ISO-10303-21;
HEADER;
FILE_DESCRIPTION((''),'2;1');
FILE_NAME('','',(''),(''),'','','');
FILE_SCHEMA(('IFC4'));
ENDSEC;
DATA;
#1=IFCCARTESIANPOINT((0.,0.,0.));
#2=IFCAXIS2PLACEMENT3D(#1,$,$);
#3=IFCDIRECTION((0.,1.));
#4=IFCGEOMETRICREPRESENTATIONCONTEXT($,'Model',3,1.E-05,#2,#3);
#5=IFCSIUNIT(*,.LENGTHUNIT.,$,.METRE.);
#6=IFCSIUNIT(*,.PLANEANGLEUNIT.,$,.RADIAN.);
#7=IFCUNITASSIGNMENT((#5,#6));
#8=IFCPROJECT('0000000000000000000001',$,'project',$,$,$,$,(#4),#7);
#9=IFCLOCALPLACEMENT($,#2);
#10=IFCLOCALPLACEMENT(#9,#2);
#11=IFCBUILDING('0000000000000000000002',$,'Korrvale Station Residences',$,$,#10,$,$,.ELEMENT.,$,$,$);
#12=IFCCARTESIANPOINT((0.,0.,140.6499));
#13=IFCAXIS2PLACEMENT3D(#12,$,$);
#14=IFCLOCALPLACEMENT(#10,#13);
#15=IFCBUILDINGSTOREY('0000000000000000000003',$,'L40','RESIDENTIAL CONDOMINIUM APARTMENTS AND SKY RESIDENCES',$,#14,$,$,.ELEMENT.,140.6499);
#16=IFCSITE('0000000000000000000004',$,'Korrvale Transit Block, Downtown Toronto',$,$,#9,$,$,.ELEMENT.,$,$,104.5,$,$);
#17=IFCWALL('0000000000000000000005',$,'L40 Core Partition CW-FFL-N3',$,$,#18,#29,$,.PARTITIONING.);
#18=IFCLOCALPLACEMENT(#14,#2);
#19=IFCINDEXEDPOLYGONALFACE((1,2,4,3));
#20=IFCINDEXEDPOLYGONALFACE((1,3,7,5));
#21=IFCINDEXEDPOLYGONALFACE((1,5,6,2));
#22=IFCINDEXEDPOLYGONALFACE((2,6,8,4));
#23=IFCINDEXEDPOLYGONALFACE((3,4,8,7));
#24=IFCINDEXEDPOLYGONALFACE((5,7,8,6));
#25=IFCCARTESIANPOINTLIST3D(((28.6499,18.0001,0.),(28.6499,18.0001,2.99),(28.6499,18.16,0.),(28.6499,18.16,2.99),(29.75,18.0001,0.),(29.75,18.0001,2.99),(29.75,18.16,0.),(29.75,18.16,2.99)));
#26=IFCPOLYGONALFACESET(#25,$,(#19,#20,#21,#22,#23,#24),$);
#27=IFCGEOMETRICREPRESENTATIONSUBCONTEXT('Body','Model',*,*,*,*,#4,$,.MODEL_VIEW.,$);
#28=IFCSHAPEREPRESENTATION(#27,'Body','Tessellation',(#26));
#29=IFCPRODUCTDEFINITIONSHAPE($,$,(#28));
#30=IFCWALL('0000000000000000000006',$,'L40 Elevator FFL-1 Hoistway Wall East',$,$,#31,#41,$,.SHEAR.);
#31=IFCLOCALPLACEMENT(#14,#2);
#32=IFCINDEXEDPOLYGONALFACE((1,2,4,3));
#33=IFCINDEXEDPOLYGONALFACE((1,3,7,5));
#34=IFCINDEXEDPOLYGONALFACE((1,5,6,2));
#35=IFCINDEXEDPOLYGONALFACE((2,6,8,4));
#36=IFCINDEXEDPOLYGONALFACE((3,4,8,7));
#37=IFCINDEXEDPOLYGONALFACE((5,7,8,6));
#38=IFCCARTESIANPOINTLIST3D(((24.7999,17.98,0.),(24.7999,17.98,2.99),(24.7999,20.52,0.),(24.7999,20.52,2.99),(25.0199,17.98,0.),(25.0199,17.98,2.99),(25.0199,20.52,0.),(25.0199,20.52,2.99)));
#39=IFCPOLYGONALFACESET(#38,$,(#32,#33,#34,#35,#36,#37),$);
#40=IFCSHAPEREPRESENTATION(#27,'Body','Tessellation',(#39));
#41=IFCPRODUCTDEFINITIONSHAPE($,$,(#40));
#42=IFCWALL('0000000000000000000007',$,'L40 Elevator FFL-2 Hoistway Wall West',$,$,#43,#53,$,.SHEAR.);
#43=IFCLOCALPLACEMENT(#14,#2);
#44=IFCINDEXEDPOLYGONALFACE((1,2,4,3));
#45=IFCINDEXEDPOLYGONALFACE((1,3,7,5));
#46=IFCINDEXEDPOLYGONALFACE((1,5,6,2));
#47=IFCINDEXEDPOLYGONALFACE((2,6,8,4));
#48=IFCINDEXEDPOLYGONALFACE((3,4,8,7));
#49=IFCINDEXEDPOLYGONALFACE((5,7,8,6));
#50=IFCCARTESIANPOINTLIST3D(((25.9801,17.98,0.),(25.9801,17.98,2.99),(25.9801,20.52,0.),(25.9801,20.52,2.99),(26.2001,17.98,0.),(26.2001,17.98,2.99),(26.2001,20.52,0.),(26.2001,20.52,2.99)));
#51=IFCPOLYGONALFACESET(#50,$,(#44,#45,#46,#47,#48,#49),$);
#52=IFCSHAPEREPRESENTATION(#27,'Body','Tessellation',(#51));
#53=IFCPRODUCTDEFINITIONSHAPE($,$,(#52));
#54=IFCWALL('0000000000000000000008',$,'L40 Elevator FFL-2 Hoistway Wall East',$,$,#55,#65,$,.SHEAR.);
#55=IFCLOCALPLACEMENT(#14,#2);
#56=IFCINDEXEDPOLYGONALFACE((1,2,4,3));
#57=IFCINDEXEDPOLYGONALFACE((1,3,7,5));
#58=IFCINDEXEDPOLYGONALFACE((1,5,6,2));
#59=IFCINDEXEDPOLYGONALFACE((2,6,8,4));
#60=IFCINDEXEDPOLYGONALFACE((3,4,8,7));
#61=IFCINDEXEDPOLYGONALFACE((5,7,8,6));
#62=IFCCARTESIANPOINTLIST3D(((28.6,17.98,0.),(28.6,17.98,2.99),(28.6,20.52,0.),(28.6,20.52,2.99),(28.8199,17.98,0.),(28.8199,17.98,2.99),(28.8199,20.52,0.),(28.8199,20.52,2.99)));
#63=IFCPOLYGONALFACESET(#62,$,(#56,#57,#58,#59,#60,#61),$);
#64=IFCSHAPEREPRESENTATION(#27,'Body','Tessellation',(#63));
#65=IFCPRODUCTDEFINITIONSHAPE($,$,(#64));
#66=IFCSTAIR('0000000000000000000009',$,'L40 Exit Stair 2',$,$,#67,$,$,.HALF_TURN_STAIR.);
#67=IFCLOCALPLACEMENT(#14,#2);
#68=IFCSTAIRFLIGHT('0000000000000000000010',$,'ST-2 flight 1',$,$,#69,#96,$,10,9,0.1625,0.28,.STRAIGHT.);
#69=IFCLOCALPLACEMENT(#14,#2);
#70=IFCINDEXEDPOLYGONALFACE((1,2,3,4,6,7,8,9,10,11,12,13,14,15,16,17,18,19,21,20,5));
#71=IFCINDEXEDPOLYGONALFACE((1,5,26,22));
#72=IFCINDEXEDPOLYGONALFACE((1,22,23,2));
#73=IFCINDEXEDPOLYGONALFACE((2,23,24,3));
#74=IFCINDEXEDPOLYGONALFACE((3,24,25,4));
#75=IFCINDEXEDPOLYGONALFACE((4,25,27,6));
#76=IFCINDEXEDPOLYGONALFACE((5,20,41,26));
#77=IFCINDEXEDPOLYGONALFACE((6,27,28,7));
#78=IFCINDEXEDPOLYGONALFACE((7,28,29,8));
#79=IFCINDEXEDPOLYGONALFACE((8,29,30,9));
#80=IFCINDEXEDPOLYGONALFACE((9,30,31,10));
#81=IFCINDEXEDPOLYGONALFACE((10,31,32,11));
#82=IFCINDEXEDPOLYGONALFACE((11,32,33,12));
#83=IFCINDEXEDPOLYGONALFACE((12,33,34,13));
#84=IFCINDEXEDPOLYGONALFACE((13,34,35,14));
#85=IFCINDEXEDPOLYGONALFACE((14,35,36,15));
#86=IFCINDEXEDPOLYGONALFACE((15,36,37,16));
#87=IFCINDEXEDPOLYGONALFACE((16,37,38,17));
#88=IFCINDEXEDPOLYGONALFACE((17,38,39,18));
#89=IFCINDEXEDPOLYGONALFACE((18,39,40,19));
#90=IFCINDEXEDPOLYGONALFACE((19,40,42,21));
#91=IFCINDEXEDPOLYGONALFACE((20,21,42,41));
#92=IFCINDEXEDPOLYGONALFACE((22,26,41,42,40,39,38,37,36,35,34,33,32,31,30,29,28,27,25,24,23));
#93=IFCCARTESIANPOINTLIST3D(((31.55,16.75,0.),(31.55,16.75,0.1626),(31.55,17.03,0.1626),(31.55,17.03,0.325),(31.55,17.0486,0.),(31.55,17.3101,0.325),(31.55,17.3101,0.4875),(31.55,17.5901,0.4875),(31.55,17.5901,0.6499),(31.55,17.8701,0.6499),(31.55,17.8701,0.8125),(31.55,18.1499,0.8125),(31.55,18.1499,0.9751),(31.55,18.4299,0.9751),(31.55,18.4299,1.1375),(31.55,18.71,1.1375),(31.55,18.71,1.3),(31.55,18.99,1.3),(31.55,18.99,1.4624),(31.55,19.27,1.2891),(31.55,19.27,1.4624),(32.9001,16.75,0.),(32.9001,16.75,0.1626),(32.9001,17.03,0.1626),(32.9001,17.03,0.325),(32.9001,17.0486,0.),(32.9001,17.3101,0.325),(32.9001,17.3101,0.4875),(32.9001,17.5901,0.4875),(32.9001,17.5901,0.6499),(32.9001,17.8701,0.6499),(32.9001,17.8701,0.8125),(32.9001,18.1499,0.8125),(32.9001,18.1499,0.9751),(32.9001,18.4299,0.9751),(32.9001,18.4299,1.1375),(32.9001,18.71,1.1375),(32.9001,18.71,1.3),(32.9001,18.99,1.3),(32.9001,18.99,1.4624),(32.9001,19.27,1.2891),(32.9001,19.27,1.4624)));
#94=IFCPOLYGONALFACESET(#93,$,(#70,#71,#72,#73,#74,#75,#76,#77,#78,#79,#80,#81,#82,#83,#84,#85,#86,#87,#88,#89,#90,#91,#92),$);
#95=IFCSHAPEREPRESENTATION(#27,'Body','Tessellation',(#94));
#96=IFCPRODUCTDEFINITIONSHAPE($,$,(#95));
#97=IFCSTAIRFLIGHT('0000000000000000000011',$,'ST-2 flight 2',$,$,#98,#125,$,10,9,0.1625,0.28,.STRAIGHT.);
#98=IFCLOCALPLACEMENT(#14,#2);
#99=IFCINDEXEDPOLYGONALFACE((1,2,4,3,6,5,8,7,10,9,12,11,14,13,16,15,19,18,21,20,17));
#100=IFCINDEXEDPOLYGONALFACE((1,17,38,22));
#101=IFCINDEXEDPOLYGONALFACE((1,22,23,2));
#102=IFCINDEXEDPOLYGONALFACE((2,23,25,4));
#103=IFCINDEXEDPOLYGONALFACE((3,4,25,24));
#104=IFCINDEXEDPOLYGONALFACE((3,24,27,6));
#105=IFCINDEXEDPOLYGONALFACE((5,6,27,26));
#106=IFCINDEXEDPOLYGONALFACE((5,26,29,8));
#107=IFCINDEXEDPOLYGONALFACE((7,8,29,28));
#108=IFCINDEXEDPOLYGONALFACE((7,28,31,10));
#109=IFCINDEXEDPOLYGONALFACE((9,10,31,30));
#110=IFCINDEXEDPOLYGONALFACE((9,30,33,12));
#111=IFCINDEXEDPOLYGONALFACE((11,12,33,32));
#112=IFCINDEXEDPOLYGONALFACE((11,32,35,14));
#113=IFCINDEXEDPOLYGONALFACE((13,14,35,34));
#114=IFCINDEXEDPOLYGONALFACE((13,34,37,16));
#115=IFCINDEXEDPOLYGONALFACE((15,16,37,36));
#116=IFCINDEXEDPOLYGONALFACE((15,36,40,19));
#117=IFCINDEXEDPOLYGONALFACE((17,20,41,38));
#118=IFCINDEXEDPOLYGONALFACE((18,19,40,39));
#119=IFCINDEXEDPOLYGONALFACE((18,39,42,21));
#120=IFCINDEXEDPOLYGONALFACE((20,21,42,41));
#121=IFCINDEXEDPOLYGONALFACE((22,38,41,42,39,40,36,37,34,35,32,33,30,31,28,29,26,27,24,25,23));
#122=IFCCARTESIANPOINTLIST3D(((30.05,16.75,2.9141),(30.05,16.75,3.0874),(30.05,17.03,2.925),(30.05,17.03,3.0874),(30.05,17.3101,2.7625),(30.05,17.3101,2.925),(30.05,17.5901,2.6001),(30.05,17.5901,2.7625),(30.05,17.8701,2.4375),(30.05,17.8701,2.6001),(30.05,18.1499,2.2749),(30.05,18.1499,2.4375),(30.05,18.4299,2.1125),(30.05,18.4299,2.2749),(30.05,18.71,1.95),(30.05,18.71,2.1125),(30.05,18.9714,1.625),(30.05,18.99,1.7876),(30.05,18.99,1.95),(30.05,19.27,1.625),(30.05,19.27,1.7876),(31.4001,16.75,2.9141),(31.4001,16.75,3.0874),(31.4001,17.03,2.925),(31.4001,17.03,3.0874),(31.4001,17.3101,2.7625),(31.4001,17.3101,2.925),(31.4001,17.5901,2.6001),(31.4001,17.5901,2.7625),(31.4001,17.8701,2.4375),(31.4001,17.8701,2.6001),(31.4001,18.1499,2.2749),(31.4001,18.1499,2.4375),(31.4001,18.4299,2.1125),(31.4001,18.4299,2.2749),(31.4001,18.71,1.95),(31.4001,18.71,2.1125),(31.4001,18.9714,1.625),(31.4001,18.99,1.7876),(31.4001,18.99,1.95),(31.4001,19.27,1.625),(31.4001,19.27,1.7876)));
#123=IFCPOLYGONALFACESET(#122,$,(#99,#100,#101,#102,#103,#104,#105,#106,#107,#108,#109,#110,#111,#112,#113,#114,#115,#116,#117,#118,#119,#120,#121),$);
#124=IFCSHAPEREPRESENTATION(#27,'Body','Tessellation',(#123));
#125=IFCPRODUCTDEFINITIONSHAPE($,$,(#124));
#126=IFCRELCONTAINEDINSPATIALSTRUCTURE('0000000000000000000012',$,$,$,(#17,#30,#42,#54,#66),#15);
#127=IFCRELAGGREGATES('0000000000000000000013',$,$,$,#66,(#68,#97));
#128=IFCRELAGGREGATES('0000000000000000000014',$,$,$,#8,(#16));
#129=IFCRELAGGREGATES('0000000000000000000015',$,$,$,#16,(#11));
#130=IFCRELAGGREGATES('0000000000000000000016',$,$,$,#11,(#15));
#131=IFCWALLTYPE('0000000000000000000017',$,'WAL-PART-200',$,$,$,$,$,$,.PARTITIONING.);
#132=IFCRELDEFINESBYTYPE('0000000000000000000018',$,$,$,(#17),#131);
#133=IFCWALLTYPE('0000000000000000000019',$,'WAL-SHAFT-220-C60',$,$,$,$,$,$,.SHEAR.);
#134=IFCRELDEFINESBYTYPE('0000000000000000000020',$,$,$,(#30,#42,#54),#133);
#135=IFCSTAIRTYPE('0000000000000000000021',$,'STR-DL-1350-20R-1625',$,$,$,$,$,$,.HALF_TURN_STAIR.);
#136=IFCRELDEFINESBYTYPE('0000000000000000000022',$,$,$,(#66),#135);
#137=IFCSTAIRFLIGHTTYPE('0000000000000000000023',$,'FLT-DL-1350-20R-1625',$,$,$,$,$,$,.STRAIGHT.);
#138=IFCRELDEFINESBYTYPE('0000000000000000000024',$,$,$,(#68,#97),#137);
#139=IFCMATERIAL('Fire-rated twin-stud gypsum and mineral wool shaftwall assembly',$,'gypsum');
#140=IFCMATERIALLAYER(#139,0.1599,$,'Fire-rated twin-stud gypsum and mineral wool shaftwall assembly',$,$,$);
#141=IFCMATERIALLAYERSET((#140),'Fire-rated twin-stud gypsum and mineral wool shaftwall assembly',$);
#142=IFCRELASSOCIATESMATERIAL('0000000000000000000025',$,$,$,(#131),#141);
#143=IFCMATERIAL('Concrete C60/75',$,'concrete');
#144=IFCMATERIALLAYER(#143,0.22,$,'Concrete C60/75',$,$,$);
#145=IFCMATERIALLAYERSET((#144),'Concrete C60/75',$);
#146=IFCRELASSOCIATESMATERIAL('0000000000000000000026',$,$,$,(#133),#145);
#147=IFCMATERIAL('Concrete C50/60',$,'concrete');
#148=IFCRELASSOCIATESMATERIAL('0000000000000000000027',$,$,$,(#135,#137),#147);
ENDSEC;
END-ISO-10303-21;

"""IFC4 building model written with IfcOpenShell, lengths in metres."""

from ifc_helpers import new_model, si_unit, direction, frame, frame_2d, origin, place, context, subcontext, project, spatial, polyline, rectangle, outline, extrude, material, layer, layer_set, type_object, element, aggregate, save


model = new_model("IFC4")

# Units and contexts
model_context = context("Model", 3, precision=1e-05, world=origin(), true_north=direction((0.0, 1.0)))
body_context = subcontext(model_context, "Body", "Model", "MODEL_VIEW")
ifc_project = project(units=[si_unit("LENGTHUNIT", "METRE"), si_unit("PLANEANGLEUNIT", "RADIAN")], contexts=[model_context])

# Site, building, storey
site_placement = place(None, origin())
site = spatial("IfcSite", under=ifc_project, at=site_placement, Name="Korrvale Transit Block, Downtown Toronto", CompositionType="ELEMENT", RefElevation=104.5)
building_placement = place(site_placement, origin())
building = spatial("IfcBuilding", under=site, at=building_placement, Name="Korrvale Station Residences", CompositionType="ELEMENT")
storey_placement = place(building_placement, frame((0.0, 0.0, 140.6499)))
storey = spatial("IfcBuildingStorey", under=building, at=storey_placement, Name="L40", Description="RESIDENTIAL CONDOMINIUM APARTMENTS AND SKY RESIDENCES", CompositionType="ELEMENT", Elevation=140.6499)

# Shared definitions
ifc_material_1 = material(Name="Concrete C60/75", Category="concrete")

# Walls
ifc_material_2 = material(Name="Fire-rated twin-stud gypsum and mineral wool shaftwall assembly", Category="gypsum")
ifc_layer_1 = layer(ifc_material_2, 0.1599, Name="Fire-rated twin-stud gypsum and mineral wool shaftwall assembly")
ifc_layer_set_1 = layer_set([ifc_layer_1], Name="Fire-rated twin-stud gypsum and mineral wool shaftwall assembly")
wall_type_1 = type_object("IfcWallType", Name="WAL-PART-200", PredefinedType="PARTITIONING", material=ifc_layer_set_1)
wall_1_placement = place(storey_placement, frame((28.6499, 18.0801, 0.0), z_axis=(0.0, 0.0, 1.0), x_axis=(1.0, 0.0, 0.0)))
element("IfcWall", 1, at=wall_1_placement, inside=storey, type_object=wall_type_1, Name="L40 Core Partition CW-FFL-N3", PredefinedType="PARTITIONING", context=body_context, shape_type="SweptSolid", body=[
    extrude(rectangle(XDim=1.1001, YDim=0.1599, at=frame_2d((0.55, 0.0))), origin(), (0.0, 0.0, 1.0), 2.99),
])
ifc_layer_2 = layer(ifc_material_1, 0.22, Name="Concrete C60/75")
ifc_layer_set_2 = layer_set([ifc_layer_2], Name="Concrete C60/75")
wall_type_2 = type_object("IfcWallType", Name="WAL-SHAFT-220-C60", PredefinedType="SHEAR", material=ifc_layer_set_2)
wall_2_placement = place(storey_placement, frame((24.9099, 17.98, 0.0), z_axis=(0.0, 0.0, 1.0), x_axis=(0.0, 1.0, 0.0)))
element("IfcWall", 2, at=wall_2_placement, inside=storey, type_object=wall_type_2, Name="L40 Elevator FFL-1 Hoistway Wall East", PredefinedType="SHEAR", context=body_context, shape_type="SweptSolid", body=[
    extrude(rectangle(XDim=2.54, YDim=0.22, at=frame_2d((1.27, 0.0))), origin(), (0.0, 0.0, 1.0), 2.99),
])

# Walls
for number, where, z_axis, x_axis, name in (
    (3, (26.0901, 17.98, 0.0), (0.0, 0.0, 1.0), (0.0, 1.0, 0.0), "L40 Elevator FFL-2 Hoistway Wall West"),
    (4, (28.71, 17.98, 0.0), (0.0, 0.0, 1.0), (0.0, 1.0, 0.0), "L40 Elevator FFL-2 Hoistway Wall East"),
):
    element("IfcWall", number, at=place(storey_placement, frame(where, z_axis=z_axis, x_axis=x_axis)), inside=storey, type_object=wall_type_2, Name=name, PredefinedType="SHEAR", context=body_context, shape_type="SweptSolid", body=[
        extrude(rectangle(XDim=2.54, YDim=0.22, at=frame_2d((1.27, 0.0))), origin(), (0.0, 0.0, 1.0), 2.99),
    ])

# Stair, stair flights
ifc_material_3 = material(Name="Concrete C50/60", Category="concrete")
stair_type = type_object("IfcStairType", Name="STR-DL-1350-20R-1625", PredefinedType="HALF_TURN_STAIR", material=ifc_material_3)
stair_placement = place(storey_placement, origin())
stair = element("IfcStair", 5, at=stair_placement, inside=storey, type_object=stair_type, Name="L40 Exit Stair 2", PredefinedType="HALF_TURN_STAIR")
stair_flight_type = type_object("IfcStairFlightType", Name="FLT-DL-1350-20R-1625", PredefinedType="STRAIGHT", material=ifc_material_3)
stair_flight_1_placement = place(storey_placement, frame((32.2251, 16.75, 0.0), z_axis=(0.0, 0.0, 1.0), x_axis=(0.0, 1.0, 0.0)))
stair_flight_1 = element("IfcStairFlight", 6, at=stair_flight_1_placement, type_object=stair_flight_type, Name="ST-2 flight 1", NumberOfRisers=10, NumberOfTreads=9, PredefinedType="STRAIGHT", RiserHeight=0.1625, TreadLength=0.28, context=body_context, shape_type="SweptSolid", body=[
    extrude(outline(polyline([(0.0, 0.0), (0.0, 0.1626), (0.28, 0.1626), (0.28, 0.325), (0.5601, 0.325), (0.5601, 0.4875), (0.8401, 0.4875), (0.8401, 0.6499), (1.1201, 0.6499), (1.1201, 0.8125), (1.3999, 0.8125), (1.3999, 0.9751), (1.6799, 0.9751), (1.6799, 1.1375), (1.96, 1.1375), (1.96, 1.3), (2.24, 1.3), (2.24, 1.4624), (2.52, 1.4624), (2.52, 1.625), (2.52, 1.2891), (0.2986, 0.0), (0.0, 0.0)])), frame((0.0, 0.675, 0.0), z_axis=(0.0, -1.0, 0.0), x_axis=(1.0, 0.0, 0.0)), (0.0, 0.0, 1.0), 1.3501),
])
stair_flight_2_placement = place(storey_placement, frame((30.7251, 19.27, 1.625), z_axis=(0.0, 0.0, 1.0), x_axis=(0.0, -1.0, 0.0)))
stair_flight_2 = element("IfcStairFlight", 7, at=stair_flight_2_placement, type_object=stair_flight_type, Name="ST-2 flight 2", NumberOfRisers=10, NumberOfTreads=9, PredefinedType="STRAIGHT", RiserHeight=0.1625, TreadLength=0.28, context=body_context, shape_type="SweptSolid", body=[
    extrude(outline(polyline([(0.0, 0.0), (0.0, 0.1626), (0.28, 0.1626), (0.28, 0.325), (0.5601, 0.325), (0.5601, 0.4875), (0.8401, 0.4875), (0.8401, 0.6499), (1.1201, 0.6499), (1.1201, 0.8125), (1.3999, 0.8125), (1.3999, 0.9751), (1.6799, 0.9751), (1.6799, 1.1375), (1.96, 1.1375), (1.96, 1.3), (2.24, 1.3), (2.24, 1.4624), (2.52, 1.4624), (2.52, 1.625), (2.52, 1.2891), (0.2986, 0.0), (0.0, 0.0)])), frame((0.0, 0.675, 0.0), z_axis=(0.0, -1.0, 0.0), x_axis=(1.0, 0.0, 0.0)), (0.0, 0.0, 1.0), 1.3501),
])
aggregate(stair, [stair_flight_1, stair_flight_2])

save(model, "model.ifc")
